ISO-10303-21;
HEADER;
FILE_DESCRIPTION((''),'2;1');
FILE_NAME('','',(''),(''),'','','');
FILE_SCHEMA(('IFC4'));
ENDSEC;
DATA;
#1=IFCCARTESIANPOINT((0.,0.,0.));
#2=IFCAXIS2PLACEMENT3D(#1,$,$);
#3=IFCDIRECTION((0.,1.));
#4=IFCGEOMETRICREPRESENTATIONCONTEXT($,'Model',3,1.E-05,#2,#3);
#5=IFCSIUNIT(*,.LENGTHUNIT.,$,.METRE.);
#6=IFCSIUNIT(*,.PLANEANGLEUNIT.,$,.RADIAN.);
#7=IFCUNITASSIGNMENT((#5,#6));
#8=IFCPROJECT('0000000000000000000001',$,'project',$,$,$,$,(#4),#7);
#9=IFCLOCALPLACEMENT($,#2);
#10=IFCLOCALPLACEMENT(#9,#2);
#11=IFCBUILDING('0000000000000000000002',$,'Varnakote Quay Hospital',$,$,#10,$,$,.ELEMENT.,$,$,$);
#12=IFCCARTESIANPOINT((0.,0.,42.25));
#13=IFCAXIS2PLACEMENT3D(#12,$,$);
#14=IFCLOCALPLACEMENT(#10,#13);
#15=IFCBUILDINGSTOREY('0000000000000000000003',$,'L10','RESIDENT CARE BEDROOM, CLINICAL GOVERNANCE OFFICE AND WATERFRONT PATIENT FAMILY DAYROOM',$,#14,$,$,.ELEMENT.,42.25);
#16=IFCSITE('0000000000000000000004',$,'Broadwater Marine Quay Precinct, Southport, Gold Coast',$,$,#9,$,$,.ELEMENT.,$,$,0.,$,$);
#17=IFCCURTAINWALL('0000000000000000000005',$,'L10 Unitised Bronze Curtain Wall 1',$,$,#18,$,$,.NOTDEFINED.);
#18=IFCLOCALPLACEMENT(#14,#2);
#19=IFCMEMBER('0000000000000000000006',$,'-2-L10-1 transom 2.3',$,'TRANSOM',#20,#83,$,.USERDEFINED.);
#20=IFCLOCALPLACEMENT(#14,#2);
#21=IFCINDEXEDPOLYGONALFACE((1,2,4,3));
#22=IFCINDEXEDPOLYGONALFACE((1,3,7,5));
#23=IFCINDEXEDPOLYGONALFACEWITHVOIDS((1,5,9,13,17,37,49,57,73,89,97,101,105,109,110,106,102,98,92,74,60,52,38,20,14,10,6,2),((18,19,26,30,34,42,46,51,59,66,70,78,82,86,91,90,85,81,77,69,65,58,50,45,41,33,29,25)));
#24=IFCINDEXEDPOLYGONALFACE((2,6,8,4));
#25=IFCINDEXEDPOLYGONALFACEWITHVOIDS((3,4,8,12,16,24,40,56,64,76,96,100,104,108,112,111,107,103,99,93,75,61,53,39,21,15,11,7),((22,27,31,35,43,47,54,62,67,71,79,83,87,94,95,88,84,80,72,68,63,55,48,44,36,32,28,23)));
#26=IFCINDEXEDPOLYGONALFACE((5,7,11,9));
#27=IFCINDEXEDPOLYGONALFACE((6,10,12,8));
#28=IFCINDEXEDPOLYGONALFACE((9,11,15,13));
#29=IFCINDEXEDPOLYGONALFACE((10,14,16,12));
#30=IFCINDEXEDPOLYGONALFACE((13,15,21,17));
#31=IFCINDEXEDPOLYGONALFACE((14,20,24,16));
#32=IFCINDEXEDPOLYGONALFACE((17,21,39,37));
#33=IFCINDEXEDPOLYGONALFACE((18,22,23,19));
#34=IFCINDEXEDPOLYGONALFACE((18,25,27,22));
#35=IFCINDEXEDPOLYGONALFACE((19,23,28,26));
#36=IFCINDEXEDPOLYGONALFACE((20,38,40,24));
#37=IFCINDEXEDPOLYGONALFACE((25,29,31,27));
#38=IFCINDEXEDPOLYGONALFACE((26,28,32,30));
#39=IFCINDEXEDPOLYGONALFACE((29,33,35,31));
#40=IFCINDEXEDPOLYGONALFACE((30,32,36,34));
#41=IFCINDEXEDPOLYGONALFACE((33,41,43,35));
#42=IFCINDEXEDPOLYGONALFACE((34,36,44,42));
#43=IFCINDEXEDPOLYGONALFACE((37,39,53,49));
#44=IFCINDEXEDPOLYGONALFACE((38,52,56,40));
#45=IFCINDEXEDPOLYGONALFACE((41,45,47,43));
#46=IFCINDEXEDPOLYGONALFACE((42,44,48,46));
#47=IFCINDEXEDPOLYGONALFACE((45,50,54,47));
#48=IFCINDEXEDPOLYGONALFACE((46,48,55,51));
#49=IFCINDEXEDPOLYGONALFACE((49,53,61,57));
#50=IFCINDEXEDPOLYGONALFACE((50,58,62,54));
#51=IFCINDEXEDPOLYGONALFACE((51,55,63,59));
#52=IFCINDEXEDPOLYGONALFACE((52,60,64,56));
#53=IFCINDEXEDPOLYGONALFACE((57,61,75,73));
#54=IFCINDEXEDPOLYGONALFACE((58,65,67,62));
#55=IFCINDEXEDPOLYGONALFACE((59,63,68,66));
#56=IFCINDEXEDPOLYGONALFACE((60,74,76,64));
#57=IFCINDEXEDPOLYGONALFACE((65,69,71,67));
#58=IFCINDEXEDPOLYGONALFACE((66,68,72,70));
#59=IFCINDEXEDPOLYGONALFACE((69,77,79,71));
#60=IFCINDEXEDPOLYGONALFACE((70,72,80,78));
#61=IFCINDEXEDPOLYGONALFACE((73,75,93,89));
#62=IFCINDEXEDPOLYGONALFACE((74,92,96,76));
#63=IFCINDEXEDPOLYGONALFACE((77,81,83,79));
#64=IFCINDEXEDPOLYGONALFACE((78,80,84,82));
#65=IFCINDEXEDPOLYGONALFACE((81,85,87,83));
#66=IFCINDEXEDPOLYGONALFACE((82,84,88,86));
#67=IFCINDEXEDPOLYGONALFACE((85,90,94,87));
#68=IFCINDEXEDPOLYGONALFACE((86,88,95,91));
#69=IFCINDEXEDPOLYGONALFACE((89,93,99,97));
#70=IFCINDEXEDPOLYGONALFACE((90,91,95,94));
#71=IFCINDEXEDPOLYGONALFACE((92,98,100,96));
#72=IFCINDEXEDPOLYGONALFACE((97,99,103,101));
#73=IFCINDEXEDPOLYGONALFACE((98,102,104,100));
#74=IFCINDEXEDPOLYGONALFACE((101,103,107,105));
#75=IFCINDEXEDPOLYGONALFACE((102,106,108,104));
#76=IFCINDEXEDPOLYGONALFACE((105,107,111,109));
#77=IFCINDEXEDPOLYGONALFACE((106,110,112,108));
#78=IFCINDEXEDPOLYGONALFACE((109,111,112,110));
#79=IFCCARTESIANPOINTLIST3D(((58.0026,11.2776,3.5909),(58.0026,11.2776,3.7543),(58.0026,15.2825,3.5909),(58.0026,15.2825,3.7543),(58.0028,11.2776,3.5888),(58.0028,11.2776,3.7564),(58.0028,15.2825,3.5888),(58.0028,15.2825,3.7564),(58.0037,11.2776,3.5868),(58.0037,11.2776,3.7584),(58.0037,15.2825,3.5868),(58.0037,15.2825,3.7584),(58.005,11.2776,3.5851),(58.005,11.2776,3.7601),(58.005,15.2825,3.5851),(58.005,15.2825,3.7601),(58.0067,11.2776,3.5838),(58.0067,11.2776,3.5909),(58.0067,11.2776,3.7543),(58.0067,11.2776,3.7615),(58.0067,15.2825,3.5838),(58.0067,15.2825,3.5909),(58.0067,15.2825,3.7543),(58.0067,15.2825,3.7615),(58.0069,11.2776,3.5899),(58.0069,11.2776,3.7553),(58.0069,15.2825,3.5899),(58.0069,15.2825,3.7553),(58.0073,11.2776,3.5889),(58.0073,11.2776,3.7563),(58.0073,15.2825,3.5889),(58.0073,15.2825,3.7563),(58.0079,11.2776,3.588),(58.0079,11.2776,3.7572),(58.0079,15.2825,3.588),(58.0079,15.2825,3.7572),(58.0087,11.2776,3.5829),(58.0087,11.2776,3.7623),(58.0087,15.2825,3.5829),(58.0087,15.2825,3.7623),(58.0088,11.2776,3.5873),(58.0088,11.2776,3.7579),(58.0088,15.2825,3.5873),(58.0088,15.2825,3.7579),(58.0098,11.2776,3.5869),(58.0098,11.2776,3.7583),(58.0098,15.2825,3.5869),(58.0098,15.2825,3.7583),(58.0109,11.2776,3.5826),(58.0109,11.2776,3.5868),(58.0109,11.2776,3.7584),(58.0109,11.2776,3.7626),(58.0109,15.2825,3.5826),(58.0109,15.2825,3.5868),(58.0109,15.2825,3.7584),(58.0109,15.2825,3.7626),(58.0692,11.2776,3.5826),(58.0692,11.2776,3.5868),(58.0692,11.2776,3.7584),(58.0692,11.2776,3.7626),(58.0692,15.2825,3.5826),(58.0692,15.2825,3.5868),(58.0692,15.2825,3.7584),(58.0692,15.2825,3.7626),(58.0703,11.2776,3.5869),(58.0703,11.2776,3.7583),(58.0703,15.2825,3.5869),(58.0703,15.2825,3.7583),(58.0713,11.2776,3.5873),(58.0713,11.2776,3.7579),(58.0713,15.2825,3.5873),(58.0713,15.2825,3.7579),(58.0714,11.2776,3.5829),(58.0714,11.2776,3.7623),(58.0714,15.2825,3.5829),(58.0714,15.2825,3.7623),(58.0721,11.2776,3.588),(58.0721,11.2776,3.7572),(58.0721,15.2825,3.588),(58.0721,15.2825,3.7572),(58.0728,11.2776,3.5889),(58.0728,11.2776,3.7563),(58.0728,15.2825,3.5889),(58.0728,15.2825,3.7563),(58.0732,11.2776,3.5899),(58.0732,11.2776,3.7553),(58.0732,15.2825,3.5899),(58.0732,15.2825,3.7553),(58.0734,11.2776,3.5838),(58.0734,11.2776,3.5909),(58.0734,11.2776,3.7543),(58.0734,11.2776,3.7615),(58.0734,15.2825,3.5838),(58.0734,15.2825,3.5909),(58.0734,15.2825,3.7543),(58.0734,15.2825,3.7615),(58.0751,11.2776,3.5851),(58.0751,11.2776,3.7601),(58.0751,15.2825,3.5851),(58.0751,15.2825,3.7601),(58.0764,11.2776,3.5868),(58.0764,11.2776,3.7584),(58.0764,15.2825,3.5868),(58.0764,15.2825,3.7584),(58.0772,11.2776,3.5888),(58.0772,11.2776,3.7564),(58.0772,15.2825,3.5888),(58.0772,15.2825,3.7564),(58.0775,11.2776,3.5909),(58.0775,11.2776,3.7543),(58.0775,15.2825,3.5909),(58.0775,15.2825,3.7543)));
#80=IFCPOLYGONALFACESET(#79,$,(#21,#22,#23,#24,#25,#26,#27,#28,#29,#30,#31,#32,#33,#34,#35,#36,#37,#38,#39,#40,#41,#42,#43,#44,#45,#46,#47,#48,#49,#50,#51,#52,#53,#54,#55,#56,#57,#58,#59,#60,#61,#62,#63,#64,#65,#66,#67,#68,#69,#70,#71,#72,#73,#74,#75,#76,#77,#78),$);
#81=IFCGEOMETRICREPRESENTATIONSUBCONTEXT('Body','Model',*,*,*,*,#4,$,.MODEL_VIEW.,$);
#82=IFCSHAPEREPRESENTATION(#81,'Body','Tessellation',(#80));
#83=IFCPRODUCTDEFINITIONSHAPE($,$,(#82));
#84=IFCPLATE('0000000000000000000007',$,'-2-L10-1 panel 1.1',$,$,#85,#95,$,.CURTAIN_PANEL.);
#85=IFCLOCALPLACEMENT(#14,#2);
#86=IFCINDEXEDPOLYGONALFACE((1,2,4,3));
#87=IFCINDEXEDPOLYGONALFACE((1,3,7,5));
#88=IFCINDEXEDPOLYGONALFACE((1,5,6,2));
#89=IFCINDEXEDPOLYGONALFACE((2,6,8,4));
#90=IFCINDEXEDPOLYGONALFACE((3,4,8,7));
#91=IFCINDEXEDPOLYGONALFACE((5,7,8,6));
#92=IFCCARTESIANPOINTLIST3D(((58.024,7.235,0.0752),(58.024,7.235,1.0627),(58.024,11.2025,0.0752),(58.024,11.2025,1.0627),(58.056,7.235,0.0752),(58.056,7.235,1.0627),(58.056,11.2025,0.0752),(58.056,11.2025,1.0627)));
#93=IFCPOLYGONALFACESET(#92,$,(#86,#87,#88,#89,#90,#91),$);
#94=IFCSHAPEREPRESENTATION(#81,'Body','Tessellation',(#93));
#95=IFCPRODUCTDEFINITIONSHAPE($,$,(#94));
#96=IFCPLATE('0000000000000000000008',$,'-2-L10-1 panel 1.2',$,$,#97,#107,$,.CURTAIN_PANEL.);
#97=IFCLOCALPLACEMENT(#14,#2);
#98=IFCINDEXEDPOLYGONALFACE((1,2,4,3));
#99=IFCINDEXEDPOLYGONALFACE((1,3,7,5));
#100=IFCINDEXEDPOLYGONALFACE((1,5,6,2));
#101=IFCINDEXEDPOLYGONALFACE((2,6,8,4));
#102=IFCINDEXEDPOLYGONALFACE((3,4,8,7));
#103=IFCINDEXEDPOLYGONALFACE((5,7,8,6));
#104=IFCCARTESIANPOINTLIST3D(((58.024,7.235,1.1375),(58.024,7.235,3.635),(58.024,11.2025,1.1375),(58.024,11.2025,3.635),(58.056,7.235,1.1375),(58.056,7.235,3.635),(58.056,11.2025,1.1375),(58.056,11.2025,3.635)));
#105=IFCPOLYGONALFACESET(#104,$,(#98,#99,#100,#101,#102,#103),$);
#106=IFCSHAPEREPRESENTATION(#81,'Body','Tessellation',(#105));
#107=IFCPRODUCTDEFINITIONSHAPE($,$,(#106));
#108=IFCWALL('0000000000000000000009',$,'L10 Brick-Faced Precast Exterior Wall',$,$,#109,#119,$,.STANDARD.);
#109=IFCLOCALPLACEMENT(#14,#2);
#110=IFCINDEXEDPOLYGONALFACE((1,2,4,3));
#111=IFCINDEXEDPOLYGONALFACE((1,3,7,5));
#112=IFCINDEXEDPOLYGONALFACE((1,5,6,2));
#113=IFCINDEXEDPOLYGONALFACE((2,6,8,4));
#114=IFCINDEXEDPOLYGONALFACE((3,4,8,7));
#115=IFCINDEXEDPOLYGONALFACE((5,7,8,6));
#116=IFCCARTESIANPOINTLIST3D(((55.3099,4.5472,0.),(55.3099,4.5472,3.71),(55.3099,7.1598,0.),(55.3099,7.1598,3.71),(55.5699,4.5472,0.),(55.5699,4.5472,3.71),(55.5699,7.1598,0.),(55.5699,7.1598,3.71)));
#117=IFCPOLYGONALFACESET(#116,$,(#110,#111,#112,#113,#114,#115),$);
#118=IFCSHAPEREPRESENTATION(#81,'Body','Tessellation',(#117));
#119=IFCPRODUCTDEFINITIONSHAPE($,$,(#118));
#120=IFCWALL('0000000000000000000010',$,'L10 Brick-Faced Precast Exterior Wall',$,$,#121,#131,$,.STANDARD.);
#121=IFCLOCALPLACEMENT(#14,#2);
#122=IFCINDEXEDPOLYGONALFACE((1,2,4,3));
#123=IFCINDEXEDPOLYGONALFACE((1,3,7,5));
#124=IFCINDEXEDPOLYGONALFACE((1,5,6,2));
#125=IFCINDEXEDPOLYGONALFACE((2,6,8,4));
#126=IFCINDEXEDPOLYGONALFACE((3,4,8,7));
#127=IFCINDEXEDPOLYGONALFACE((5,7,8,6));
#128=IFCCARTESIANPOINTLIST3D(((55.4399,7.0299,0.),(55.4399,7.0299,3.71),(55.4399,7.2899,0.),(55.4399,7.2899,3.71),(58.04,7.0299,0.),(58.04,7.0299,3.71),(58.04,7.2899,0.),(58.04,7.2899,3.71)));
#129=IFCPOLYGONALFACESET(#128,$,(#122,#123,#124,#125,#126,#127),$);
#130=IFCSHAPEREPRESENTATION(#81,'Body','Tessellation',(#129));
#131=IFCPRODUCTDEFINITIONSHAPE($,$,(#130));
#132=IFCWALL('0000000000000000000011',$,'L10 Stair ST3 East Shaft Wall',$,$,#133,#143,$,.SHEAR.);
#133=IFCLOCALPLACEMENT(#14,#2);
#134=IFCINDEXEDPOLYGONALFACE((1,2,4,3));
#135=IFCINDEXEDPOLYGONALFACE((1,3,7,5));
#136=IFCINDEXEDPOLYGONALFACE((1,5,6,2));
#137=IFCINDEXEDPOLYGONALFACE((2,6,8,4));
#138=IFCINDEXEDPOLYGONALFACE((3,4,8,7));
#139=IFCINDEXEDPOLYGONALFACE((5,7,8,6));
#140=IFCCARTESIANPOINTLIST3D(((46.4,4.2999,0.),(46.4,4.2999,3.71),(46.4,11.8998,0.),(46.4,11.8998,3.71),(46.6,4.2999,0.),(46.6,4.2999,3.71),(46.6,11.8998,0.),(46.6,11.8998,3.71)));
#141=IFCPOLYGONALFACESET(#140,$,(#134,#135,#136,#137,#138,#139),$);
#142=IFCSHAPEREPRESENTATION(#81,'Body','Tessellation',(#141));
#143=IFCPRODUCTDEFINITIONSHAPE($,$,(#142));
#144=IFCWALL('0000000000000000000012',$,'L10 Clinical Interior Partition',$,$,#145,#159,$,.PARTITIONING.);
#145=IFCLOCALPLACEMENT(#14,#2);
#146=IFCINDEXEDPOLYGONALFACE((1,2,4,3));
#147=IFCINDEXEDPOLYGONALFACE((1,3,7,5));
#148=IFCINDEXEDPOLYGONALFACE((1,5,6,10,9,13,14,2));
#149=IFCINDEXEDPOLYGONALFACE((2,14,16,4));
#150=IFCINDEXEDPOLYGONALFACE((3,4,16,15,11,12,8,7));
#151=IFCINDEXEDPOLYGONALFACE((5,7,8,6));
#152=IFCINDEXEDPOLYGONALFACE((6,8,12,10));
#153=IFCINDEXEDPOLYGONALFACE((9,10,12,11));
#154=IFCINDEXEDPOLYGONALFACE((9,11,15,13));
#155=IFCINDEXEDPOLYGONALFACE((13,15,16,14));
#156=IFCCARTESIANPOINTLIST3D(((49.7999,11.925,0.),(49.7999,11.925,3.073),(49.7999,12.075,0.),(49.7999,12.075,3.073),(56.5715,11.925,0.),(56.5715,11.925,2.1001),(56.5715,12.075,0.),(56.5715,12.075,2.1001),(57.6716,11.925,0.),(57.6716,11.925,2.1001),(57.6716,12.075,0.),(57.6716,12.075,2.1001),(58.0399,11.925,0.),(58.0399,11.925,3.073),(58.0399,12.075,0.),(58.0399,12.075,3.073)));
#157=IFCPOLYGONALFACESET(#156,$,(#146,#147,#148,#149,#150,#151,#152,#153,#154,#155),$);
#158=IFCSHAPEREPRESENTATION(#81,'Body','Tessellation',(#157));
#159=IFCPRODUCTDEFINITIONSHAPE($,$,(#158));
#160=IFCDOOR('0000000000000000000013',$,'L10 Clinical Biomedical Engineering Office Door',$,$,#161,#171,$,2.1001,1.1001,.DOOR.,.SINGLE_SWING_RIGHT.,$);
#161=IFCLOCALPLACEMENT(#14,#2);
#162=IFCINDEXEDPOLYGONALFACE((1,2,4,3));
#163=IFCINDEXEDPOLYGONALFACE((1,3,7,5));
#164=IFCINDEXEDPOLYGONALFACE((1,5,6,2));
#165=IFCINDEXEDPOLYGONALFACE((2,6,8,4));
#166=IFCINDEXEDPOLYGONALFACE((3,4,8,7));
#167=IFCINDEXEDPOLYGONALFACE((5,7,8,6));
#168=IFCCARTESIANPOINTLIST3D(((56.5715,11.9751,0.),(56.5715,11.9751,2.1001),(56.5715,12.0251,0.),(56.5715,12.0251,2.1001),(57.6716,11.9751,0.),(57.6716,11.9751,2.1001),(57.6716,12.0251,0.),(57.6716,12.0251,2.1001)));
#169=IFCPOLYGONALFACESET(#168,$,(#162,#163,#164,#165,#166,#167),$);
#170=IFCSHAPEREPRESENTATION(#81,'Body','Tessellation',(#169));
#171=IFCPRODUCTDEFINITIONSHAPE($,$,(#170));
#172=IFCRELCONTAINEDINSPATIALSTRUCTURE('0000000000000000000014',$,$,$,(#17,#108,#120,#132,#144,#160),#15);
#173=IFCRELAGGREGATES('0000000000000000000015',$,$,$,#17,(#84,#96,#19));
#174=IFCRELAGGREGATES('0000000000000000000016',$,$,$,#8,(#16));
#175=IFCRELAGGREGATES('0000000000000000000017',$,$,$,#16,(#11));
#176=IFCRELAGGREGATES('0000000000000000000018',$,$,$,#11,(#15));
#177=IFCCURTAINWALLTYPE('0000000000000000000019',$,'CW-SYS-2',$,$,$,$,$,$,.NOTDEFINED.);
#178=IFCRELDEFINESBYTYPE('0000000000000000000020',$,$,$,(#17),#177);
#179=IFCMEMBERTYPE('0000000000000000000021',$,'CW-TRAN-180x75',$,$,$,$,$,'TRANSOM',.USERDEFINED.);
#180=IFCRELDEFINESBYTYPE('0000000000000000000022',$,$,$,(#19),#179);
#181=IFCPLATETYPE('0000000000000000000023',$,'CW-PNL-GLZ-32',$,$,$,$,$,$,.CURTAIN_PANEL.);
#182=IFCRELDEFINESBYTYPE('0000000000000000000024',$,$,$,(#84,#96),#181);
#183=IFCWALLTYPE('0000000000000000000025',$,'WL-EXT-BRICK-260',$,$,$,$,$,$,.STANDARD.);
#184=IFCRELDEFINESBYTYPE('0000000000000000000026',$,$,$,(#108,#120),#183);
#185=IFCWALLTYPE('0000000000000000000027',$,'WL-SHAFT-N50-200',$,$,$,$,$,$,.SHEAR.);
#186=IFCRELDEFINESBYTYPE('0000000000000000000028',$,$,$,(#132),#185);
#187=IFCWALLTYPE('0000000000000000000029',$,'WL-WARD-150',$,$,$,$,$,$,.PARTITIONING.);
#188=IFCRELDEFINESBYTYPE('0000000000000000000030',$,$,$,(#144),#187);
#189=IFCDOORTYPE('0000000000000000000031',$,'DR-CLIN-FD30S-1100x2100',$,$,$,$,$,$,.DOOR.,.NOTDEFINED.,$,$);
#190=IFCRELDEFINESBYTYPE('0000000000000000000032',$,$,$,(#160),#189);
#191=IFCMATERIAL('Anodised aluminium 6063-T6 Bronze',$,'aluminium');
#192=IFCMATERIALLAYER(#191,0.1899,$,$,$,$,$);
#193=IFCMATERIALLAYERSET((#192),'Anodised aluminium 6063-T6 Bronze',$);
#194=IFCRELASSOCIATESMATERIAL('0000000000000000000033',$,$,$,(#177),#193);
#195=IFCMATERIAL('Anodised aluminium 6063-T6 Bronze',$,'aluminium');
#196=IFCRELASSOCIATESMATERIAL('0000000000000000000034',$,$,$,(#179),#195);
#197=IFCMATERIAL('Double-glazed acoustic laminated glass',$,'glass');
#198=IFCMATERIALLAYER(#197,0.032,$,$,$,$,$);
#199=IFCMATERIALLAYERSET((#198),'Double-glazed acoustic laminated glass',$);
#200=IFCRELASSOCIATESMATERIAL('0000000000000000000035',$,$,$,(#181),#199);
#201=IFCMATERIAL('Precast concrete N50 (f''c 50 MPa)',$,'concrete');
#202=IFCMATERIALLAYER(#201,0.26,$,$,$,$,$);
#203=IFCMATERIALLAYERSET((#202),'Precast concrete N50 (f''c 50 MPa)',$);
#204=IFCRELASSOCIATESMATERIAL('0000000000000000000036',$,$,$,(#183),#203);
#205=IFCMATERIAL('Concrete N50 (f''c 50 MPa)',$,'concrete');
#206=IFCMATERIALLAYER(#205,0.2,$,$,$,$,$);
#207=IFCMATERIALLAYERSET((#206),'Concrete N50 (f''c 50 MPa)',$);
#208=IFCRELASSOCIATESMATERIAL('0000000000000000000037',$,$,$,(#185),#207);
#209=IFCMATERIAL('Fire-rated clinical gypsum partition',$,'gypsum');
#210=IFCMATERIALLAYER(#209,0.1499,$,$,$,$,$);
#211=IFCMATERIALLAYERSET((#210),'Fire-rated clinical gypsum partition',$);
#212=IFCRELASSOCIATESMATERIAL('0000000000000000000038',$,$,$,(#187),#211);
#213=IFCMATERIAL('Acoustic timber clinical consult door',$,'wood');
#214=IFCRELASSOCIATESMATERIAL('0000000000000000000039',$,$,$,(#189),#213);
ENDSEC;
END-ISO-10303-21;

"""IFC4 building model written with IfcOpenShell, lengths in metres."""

from ifc_helpers import new_model, si_unit, direction, frame, frame_2d, origin, origin_2d, place, context, subcontext, project, spatial, rectangle, hollow_rectangle, extrude, material, layer, layer_set, material_profile, profile_set, type_object, element, fill, aggregate, save


model = new_model("IFC4")

# Units and contexts
model_context = context("Model", 3, precision=1e-05, world=origin(), true_north=direction((0.0, 1.0)))
body_context = subcontext(model_context, "Body", "Model", "MODEL_VIEW")
ifc_project = project(units=[si_unit("LENGTHUNIT", "METRE"), si_unit("PLANEANGLEUNIT", "RADIAN")], contexts=[model_context])

# Site, building, storey
site_placement = place(None, origin())
site = spatial("IfcSite", under=ifc_project, at=site_placement, Name="Broadwater Marine Quay Precinct, Southport, Gold Coast", CompositionType="ELEMENT", RefElevation=0.0)
building_placement = place(site_placement, origin())
building = spatial("IfcBuilding", under=site, at=building_placement, Name="Varnakote Quay Hospital", CompositionType="ELEMENT")
storey_placement = place(building_placement, frame((0.0, 0.0, 42.25)))
storey = spatial("IfcBuildingStorey", under=building, at=storey_placement, Name="L10", Description="RESIDENT CARE BEDROOM, CLINICAL GOVERNANCE OFFICE AND WATERFRONT PATIENT FAMILY DAYROOM", CompositionType="ELEMENT", Elevation=42.25)

# Curtain wall, member, plates
ifc_material_1 = material(Name="Anodised aluminium 6063-T6 Bronze", Category="aluminium")
ifc_layer_1 = layer(ifc_material_1, 0.1899)
ifc_layer_set_1 = layer_set([ifc_layer_1], Name="Anodised aluminium 6063-T6 Bronze")
curtain_wall_type = type_object("IfcCurtainWallType", Name="CW-SYS-2", PredefinedType="NOTDEFINED", material=ifc_layer_set_1)
curtain_wall_placement = place(storey_placement, origin())
curtain_wall = element("IfcCurtainWall", 1, at=curtain_wall_placement, inside=storey, type_object=curtain_wall_type, Name="L10 Unitised Bronze Curtain Wall 1", PredefinedType="NOTDEFINED")
ifc_material_2 = material(Name="Anodised aluminium 6063-T6 Bronze", Category="aluminium")
ifc_material_profile_1 = material_profile(ifc_material_2, hollow_rectangle(XDim=0.075, YDim=0.1799, WallThickness=0.0042, InnerFilletRadius=0.0042, OuterFilletRadius=0.0083, at=origin_2d()), Name="CW-TRAN-180x75")
ifc_profile_set_1 = profile_set([ifc_material_profile_1], Name="Anodised aluminium 6063-T6 Bronze")
member_type_1 = type_object("IfcMemberType", Name="CW-TRAN-180x75", ElementType="TRANSOM", PredefinedType="USERDEFINED", material=ifc_profile_set_1)
member_1_placement = place(storey_placement, frame((58.04, 11.2776, 3.6726), z_axis=(0.0, 1.0, 0.0), x_axis=(-1.0, 0.0, 0.0)))
member_1 = element("IfcMember", 2, at=member_1_placement, type_object=member_type_1, Name="-2-L10-1 transom 2.3", ObjectType="TRANSOM", PredefinedType="USERDEFINED", context=body_context, shape_type="SweptSolid", body=[
    extrude(hollow_rectangle(XDim=0.075, YDim=0.1799, WallThickness=0.0042, InnerFilletRadius=0.0042, OuterFilletRadius=0.0083, at=origin_2d()), origin(), (0.0, 0.0, 1.0), 4.0049),
])
ifc_material_3 = material(Name="Double-glazed acoustic laminated glass", Category="glass")
ifc_layer_2 = layer(ifc_material_3, 0.032)
ifc_layer_set_2 = layer_set([ifc_layer_2], Name="Double-glazed acoustic laminated glass")
plate_type = type_object("IfcPlateType", Name="CW-PNL-GLZ-32", PredefinedType="CURTAIN_PANEL", material=ifc_layer_set_2)
plate_1_placement = place(storey_placement, frame((58.04, 9.2188, 0.0752), z_axis=(0.0, 0.0, 1.0), x_axis=(0.0, 1.0, 0.0)))
plate_1 = element("IfcPlate", 3, at=plate_1_placement, type_object=plate_type, Name="-2-L10-1 panel 1.1", PredefinedType="CURTAIN_PANEL", context=body_context, shape_type="SweptSolid", body=[
    extrude(rectangle(XDim=3.9675, YDim=0.032, at=origin_2d()), origin(), (0.0, 0.0, 1.0), 0.9875),
])
plate_2_placement = place(storey_placement, frame((58.04, 9.2188, 1.1375), z_axis=(0.0, 0.0, 1.0), x_axis=(0.0, 1.0, 0.0)))
plate_2 = element("IfcPlate", 4, at=plate_2_placement, type_object=plate_type, Name="-2-L10-1 panel 1.2", PredefinedType="CURTAIN_PANEL", context=body_context, shape_type="SweptSolid", body=[
    extrude(rectangle(XDim=3.9675, YDim=0.032, at=origin_2d()), origin(), (0.0, 0.0, 1.0), 2.4976),
])
aggregate(curtain_wall, [plate_1, plate_2, member_1])

# Walls
ifc_material_4 = material(Name="Precast concrete N50 (f'c 50 MPa)", Category="concrete")
ifc_layer_3 = layer(ifc_material_4, 0.26)
ifc_layer_set_3 = layer_set([ifc_layer_3], Name="Precast concrete N50 (f'c 50 MPa)")
wall_type_1 = type_object("IfcWallType", Name="WL-EXT-BRICK-260", PredefinedType="STANDARD", material=ifc_layer_set_3)
wall_1_placement = place(storey_placement, frame((55.4399, 4.5474, 0.0), z_axis=(0.0, 0.0, 1.0), x_axis=(0.0, 1.0, 0.0)))
element("IfcWall", 5, at=wall_1_placement, inside=storey, type_object=wall_type_1, Name="L10 Brick-Faced Precast Exterior Wall", PredefinedType="STANDARD", context=body_context, shape_type="SweptSolid", body=[
    extrude(rectangle(XDim=2.6125, YDim=0.26, at=frame_2d((1.3062, 0.0))), origin(), (0.0, 0.0, 1.0), 3.71),
])
wall_2_placement = place(storey_placement, frame((55.4399, 7.1599, 0.0), z_axis=(0.0, 0.0, 1.0), x_axis=(1.0, 0.0, 0.0)))
element("IfcWall", 6, at=wall_2_placement, inside=storey, type_object=wall_type_1, Name="L10 Brick-Faced Precast Exterior Wall", PredefinedType="STANDARD", context=body_context, shape_type="SweptSolid", body=[
    extrude(rectangle(XDim=2.6001, YDim=0.26, at=frame_2d((1.3, 0.0))), origin(), (0.0, 0.0, 1.0), 3.71),
])
ifc_material_5 = material(Name="Concrete N50 (f'c 50 MPa)", Category="concrete")
ifc_layer_4 = layer(ifc_material_5, 0.2)
ifc_layer_set_4 = layer_set([ifc_layer_4], Name="Concrete N50 (f'c 50 MPa)")
wall_type_2 = type_object("IfcWallType", Name="WL-SHAFT-N50-200", PredefinedType="SHEAR", material=ifc_layer_set_4)
wall_3_placement = place(storey_placement, frame((46.5, 4.3, 0.0), z_axis=(0.0, 0.0, 1.0), x_axis=(0.0, 1.0, 0.0)))
element("IfcWall", 7, at=wall_3_placement, inside=storey, type_object=wall_type_2, Name="L10 Stair ST3 East Shaft Wall", PredefinedType="SHEAR", context=body_context, shape_type="SweptSolid", body=[
    extrude(rectangle(XDim=7.5999, YDim=0.2, at=frame_2d((3.7998, 0.0))), origin(), (0.0, 0.0, 1.0), 3.71),
])

# Wall, opening, door
ifc_material_6 = material(Name="Fire-rated clinical gypsum partition", Category="gypsum")
ifc_layer_5 = layer(ifc_material_6, 0.1499)
ifc_layer_set_5 = layer_set([ifc_layer_5], Name="Fire-rated clinical gypsum partition")
wall_type_3 = type_object("IfcWallType", Name="WL-WARD-150", PredefinedType="PARTITIONING", material=ifc_layer_set_5)
wall_4_placement = place(storey_placement, frame((58.04, 12.0, 0.0), z_axis=(0.0, 0.0, 1.0), x_axis=(-1.0, 0.0, 0.0)))
wall_4 = element("IfcWall", 8, at=wall_4_placement, inside=storey, type_object=wall_type_3, Name="L10 Clinical Interior Partition", PredefinedType="PARTITIONING", context=body_context, shape_type="SweptSolid", body=[
    extrude(rectangle(XDim=8.24, YDim=0.1499, at=frame_2d((4.1201, 0.0))), origin(), (0.0, 0.0, 1.0), 3.073),
])
opening_placement = place(wall_4_placement, frame((0.3684, 0.0, 0.0)))
opening = element("IfcOpeningElement", 9, at=opening_placement, cuts=wall_4, PredefinedType="OPENING", context=body_context, shape_type="SweptSolid", body=[
    extrude(rectangle(XDim=1.1001, YDim=2.1001, at=frame_2d((0.55, 1.05))), frame((0.0, 0.085, 0.0), z_axis=(0.0, -1.0, 0.0), x_axis=(1.0, 0.0, 0.0)), (0.0, 0.0, 1.0), 0.1699),
])
ifc_material_7 = material(Name="Acoustic timber clinical consult door", Category="wood")
door_type = type_object("IfcDoorType", Name="DR-CLIN-FD30S-1100x2100", OperationType="NOTDEFINED", PredefinedType="DOOR", material=ifc_material_7)
door_placement = place(opening_placement, origin())
door = element("IfcDoor", 10, at=door_placement, inside=storey, type_object=door_type, Name="L10 Clinical Biomedical Engineering Office Door", OperationType="SINGLE_SWING_RIGHT", OverallHeight=2.1001, OverallWidth=1.1001, PredefinedType="DOOR", context=body_context, shape_type="SweptSolid", body=[
    extrude(rectangle(XDim=1.1001, YDim=2.1001, at=frame_2d((0.55, 1.05))), frame((0.0, 0.0249, 0.0), z_axis=(0.0, -1.0, 0.0), x_axis=(1.0, 0.0, 0.0)), (0.0, 0.0, 1.0), 0.05),
])
fill(opening, door)

save(model, "model.ifc")
